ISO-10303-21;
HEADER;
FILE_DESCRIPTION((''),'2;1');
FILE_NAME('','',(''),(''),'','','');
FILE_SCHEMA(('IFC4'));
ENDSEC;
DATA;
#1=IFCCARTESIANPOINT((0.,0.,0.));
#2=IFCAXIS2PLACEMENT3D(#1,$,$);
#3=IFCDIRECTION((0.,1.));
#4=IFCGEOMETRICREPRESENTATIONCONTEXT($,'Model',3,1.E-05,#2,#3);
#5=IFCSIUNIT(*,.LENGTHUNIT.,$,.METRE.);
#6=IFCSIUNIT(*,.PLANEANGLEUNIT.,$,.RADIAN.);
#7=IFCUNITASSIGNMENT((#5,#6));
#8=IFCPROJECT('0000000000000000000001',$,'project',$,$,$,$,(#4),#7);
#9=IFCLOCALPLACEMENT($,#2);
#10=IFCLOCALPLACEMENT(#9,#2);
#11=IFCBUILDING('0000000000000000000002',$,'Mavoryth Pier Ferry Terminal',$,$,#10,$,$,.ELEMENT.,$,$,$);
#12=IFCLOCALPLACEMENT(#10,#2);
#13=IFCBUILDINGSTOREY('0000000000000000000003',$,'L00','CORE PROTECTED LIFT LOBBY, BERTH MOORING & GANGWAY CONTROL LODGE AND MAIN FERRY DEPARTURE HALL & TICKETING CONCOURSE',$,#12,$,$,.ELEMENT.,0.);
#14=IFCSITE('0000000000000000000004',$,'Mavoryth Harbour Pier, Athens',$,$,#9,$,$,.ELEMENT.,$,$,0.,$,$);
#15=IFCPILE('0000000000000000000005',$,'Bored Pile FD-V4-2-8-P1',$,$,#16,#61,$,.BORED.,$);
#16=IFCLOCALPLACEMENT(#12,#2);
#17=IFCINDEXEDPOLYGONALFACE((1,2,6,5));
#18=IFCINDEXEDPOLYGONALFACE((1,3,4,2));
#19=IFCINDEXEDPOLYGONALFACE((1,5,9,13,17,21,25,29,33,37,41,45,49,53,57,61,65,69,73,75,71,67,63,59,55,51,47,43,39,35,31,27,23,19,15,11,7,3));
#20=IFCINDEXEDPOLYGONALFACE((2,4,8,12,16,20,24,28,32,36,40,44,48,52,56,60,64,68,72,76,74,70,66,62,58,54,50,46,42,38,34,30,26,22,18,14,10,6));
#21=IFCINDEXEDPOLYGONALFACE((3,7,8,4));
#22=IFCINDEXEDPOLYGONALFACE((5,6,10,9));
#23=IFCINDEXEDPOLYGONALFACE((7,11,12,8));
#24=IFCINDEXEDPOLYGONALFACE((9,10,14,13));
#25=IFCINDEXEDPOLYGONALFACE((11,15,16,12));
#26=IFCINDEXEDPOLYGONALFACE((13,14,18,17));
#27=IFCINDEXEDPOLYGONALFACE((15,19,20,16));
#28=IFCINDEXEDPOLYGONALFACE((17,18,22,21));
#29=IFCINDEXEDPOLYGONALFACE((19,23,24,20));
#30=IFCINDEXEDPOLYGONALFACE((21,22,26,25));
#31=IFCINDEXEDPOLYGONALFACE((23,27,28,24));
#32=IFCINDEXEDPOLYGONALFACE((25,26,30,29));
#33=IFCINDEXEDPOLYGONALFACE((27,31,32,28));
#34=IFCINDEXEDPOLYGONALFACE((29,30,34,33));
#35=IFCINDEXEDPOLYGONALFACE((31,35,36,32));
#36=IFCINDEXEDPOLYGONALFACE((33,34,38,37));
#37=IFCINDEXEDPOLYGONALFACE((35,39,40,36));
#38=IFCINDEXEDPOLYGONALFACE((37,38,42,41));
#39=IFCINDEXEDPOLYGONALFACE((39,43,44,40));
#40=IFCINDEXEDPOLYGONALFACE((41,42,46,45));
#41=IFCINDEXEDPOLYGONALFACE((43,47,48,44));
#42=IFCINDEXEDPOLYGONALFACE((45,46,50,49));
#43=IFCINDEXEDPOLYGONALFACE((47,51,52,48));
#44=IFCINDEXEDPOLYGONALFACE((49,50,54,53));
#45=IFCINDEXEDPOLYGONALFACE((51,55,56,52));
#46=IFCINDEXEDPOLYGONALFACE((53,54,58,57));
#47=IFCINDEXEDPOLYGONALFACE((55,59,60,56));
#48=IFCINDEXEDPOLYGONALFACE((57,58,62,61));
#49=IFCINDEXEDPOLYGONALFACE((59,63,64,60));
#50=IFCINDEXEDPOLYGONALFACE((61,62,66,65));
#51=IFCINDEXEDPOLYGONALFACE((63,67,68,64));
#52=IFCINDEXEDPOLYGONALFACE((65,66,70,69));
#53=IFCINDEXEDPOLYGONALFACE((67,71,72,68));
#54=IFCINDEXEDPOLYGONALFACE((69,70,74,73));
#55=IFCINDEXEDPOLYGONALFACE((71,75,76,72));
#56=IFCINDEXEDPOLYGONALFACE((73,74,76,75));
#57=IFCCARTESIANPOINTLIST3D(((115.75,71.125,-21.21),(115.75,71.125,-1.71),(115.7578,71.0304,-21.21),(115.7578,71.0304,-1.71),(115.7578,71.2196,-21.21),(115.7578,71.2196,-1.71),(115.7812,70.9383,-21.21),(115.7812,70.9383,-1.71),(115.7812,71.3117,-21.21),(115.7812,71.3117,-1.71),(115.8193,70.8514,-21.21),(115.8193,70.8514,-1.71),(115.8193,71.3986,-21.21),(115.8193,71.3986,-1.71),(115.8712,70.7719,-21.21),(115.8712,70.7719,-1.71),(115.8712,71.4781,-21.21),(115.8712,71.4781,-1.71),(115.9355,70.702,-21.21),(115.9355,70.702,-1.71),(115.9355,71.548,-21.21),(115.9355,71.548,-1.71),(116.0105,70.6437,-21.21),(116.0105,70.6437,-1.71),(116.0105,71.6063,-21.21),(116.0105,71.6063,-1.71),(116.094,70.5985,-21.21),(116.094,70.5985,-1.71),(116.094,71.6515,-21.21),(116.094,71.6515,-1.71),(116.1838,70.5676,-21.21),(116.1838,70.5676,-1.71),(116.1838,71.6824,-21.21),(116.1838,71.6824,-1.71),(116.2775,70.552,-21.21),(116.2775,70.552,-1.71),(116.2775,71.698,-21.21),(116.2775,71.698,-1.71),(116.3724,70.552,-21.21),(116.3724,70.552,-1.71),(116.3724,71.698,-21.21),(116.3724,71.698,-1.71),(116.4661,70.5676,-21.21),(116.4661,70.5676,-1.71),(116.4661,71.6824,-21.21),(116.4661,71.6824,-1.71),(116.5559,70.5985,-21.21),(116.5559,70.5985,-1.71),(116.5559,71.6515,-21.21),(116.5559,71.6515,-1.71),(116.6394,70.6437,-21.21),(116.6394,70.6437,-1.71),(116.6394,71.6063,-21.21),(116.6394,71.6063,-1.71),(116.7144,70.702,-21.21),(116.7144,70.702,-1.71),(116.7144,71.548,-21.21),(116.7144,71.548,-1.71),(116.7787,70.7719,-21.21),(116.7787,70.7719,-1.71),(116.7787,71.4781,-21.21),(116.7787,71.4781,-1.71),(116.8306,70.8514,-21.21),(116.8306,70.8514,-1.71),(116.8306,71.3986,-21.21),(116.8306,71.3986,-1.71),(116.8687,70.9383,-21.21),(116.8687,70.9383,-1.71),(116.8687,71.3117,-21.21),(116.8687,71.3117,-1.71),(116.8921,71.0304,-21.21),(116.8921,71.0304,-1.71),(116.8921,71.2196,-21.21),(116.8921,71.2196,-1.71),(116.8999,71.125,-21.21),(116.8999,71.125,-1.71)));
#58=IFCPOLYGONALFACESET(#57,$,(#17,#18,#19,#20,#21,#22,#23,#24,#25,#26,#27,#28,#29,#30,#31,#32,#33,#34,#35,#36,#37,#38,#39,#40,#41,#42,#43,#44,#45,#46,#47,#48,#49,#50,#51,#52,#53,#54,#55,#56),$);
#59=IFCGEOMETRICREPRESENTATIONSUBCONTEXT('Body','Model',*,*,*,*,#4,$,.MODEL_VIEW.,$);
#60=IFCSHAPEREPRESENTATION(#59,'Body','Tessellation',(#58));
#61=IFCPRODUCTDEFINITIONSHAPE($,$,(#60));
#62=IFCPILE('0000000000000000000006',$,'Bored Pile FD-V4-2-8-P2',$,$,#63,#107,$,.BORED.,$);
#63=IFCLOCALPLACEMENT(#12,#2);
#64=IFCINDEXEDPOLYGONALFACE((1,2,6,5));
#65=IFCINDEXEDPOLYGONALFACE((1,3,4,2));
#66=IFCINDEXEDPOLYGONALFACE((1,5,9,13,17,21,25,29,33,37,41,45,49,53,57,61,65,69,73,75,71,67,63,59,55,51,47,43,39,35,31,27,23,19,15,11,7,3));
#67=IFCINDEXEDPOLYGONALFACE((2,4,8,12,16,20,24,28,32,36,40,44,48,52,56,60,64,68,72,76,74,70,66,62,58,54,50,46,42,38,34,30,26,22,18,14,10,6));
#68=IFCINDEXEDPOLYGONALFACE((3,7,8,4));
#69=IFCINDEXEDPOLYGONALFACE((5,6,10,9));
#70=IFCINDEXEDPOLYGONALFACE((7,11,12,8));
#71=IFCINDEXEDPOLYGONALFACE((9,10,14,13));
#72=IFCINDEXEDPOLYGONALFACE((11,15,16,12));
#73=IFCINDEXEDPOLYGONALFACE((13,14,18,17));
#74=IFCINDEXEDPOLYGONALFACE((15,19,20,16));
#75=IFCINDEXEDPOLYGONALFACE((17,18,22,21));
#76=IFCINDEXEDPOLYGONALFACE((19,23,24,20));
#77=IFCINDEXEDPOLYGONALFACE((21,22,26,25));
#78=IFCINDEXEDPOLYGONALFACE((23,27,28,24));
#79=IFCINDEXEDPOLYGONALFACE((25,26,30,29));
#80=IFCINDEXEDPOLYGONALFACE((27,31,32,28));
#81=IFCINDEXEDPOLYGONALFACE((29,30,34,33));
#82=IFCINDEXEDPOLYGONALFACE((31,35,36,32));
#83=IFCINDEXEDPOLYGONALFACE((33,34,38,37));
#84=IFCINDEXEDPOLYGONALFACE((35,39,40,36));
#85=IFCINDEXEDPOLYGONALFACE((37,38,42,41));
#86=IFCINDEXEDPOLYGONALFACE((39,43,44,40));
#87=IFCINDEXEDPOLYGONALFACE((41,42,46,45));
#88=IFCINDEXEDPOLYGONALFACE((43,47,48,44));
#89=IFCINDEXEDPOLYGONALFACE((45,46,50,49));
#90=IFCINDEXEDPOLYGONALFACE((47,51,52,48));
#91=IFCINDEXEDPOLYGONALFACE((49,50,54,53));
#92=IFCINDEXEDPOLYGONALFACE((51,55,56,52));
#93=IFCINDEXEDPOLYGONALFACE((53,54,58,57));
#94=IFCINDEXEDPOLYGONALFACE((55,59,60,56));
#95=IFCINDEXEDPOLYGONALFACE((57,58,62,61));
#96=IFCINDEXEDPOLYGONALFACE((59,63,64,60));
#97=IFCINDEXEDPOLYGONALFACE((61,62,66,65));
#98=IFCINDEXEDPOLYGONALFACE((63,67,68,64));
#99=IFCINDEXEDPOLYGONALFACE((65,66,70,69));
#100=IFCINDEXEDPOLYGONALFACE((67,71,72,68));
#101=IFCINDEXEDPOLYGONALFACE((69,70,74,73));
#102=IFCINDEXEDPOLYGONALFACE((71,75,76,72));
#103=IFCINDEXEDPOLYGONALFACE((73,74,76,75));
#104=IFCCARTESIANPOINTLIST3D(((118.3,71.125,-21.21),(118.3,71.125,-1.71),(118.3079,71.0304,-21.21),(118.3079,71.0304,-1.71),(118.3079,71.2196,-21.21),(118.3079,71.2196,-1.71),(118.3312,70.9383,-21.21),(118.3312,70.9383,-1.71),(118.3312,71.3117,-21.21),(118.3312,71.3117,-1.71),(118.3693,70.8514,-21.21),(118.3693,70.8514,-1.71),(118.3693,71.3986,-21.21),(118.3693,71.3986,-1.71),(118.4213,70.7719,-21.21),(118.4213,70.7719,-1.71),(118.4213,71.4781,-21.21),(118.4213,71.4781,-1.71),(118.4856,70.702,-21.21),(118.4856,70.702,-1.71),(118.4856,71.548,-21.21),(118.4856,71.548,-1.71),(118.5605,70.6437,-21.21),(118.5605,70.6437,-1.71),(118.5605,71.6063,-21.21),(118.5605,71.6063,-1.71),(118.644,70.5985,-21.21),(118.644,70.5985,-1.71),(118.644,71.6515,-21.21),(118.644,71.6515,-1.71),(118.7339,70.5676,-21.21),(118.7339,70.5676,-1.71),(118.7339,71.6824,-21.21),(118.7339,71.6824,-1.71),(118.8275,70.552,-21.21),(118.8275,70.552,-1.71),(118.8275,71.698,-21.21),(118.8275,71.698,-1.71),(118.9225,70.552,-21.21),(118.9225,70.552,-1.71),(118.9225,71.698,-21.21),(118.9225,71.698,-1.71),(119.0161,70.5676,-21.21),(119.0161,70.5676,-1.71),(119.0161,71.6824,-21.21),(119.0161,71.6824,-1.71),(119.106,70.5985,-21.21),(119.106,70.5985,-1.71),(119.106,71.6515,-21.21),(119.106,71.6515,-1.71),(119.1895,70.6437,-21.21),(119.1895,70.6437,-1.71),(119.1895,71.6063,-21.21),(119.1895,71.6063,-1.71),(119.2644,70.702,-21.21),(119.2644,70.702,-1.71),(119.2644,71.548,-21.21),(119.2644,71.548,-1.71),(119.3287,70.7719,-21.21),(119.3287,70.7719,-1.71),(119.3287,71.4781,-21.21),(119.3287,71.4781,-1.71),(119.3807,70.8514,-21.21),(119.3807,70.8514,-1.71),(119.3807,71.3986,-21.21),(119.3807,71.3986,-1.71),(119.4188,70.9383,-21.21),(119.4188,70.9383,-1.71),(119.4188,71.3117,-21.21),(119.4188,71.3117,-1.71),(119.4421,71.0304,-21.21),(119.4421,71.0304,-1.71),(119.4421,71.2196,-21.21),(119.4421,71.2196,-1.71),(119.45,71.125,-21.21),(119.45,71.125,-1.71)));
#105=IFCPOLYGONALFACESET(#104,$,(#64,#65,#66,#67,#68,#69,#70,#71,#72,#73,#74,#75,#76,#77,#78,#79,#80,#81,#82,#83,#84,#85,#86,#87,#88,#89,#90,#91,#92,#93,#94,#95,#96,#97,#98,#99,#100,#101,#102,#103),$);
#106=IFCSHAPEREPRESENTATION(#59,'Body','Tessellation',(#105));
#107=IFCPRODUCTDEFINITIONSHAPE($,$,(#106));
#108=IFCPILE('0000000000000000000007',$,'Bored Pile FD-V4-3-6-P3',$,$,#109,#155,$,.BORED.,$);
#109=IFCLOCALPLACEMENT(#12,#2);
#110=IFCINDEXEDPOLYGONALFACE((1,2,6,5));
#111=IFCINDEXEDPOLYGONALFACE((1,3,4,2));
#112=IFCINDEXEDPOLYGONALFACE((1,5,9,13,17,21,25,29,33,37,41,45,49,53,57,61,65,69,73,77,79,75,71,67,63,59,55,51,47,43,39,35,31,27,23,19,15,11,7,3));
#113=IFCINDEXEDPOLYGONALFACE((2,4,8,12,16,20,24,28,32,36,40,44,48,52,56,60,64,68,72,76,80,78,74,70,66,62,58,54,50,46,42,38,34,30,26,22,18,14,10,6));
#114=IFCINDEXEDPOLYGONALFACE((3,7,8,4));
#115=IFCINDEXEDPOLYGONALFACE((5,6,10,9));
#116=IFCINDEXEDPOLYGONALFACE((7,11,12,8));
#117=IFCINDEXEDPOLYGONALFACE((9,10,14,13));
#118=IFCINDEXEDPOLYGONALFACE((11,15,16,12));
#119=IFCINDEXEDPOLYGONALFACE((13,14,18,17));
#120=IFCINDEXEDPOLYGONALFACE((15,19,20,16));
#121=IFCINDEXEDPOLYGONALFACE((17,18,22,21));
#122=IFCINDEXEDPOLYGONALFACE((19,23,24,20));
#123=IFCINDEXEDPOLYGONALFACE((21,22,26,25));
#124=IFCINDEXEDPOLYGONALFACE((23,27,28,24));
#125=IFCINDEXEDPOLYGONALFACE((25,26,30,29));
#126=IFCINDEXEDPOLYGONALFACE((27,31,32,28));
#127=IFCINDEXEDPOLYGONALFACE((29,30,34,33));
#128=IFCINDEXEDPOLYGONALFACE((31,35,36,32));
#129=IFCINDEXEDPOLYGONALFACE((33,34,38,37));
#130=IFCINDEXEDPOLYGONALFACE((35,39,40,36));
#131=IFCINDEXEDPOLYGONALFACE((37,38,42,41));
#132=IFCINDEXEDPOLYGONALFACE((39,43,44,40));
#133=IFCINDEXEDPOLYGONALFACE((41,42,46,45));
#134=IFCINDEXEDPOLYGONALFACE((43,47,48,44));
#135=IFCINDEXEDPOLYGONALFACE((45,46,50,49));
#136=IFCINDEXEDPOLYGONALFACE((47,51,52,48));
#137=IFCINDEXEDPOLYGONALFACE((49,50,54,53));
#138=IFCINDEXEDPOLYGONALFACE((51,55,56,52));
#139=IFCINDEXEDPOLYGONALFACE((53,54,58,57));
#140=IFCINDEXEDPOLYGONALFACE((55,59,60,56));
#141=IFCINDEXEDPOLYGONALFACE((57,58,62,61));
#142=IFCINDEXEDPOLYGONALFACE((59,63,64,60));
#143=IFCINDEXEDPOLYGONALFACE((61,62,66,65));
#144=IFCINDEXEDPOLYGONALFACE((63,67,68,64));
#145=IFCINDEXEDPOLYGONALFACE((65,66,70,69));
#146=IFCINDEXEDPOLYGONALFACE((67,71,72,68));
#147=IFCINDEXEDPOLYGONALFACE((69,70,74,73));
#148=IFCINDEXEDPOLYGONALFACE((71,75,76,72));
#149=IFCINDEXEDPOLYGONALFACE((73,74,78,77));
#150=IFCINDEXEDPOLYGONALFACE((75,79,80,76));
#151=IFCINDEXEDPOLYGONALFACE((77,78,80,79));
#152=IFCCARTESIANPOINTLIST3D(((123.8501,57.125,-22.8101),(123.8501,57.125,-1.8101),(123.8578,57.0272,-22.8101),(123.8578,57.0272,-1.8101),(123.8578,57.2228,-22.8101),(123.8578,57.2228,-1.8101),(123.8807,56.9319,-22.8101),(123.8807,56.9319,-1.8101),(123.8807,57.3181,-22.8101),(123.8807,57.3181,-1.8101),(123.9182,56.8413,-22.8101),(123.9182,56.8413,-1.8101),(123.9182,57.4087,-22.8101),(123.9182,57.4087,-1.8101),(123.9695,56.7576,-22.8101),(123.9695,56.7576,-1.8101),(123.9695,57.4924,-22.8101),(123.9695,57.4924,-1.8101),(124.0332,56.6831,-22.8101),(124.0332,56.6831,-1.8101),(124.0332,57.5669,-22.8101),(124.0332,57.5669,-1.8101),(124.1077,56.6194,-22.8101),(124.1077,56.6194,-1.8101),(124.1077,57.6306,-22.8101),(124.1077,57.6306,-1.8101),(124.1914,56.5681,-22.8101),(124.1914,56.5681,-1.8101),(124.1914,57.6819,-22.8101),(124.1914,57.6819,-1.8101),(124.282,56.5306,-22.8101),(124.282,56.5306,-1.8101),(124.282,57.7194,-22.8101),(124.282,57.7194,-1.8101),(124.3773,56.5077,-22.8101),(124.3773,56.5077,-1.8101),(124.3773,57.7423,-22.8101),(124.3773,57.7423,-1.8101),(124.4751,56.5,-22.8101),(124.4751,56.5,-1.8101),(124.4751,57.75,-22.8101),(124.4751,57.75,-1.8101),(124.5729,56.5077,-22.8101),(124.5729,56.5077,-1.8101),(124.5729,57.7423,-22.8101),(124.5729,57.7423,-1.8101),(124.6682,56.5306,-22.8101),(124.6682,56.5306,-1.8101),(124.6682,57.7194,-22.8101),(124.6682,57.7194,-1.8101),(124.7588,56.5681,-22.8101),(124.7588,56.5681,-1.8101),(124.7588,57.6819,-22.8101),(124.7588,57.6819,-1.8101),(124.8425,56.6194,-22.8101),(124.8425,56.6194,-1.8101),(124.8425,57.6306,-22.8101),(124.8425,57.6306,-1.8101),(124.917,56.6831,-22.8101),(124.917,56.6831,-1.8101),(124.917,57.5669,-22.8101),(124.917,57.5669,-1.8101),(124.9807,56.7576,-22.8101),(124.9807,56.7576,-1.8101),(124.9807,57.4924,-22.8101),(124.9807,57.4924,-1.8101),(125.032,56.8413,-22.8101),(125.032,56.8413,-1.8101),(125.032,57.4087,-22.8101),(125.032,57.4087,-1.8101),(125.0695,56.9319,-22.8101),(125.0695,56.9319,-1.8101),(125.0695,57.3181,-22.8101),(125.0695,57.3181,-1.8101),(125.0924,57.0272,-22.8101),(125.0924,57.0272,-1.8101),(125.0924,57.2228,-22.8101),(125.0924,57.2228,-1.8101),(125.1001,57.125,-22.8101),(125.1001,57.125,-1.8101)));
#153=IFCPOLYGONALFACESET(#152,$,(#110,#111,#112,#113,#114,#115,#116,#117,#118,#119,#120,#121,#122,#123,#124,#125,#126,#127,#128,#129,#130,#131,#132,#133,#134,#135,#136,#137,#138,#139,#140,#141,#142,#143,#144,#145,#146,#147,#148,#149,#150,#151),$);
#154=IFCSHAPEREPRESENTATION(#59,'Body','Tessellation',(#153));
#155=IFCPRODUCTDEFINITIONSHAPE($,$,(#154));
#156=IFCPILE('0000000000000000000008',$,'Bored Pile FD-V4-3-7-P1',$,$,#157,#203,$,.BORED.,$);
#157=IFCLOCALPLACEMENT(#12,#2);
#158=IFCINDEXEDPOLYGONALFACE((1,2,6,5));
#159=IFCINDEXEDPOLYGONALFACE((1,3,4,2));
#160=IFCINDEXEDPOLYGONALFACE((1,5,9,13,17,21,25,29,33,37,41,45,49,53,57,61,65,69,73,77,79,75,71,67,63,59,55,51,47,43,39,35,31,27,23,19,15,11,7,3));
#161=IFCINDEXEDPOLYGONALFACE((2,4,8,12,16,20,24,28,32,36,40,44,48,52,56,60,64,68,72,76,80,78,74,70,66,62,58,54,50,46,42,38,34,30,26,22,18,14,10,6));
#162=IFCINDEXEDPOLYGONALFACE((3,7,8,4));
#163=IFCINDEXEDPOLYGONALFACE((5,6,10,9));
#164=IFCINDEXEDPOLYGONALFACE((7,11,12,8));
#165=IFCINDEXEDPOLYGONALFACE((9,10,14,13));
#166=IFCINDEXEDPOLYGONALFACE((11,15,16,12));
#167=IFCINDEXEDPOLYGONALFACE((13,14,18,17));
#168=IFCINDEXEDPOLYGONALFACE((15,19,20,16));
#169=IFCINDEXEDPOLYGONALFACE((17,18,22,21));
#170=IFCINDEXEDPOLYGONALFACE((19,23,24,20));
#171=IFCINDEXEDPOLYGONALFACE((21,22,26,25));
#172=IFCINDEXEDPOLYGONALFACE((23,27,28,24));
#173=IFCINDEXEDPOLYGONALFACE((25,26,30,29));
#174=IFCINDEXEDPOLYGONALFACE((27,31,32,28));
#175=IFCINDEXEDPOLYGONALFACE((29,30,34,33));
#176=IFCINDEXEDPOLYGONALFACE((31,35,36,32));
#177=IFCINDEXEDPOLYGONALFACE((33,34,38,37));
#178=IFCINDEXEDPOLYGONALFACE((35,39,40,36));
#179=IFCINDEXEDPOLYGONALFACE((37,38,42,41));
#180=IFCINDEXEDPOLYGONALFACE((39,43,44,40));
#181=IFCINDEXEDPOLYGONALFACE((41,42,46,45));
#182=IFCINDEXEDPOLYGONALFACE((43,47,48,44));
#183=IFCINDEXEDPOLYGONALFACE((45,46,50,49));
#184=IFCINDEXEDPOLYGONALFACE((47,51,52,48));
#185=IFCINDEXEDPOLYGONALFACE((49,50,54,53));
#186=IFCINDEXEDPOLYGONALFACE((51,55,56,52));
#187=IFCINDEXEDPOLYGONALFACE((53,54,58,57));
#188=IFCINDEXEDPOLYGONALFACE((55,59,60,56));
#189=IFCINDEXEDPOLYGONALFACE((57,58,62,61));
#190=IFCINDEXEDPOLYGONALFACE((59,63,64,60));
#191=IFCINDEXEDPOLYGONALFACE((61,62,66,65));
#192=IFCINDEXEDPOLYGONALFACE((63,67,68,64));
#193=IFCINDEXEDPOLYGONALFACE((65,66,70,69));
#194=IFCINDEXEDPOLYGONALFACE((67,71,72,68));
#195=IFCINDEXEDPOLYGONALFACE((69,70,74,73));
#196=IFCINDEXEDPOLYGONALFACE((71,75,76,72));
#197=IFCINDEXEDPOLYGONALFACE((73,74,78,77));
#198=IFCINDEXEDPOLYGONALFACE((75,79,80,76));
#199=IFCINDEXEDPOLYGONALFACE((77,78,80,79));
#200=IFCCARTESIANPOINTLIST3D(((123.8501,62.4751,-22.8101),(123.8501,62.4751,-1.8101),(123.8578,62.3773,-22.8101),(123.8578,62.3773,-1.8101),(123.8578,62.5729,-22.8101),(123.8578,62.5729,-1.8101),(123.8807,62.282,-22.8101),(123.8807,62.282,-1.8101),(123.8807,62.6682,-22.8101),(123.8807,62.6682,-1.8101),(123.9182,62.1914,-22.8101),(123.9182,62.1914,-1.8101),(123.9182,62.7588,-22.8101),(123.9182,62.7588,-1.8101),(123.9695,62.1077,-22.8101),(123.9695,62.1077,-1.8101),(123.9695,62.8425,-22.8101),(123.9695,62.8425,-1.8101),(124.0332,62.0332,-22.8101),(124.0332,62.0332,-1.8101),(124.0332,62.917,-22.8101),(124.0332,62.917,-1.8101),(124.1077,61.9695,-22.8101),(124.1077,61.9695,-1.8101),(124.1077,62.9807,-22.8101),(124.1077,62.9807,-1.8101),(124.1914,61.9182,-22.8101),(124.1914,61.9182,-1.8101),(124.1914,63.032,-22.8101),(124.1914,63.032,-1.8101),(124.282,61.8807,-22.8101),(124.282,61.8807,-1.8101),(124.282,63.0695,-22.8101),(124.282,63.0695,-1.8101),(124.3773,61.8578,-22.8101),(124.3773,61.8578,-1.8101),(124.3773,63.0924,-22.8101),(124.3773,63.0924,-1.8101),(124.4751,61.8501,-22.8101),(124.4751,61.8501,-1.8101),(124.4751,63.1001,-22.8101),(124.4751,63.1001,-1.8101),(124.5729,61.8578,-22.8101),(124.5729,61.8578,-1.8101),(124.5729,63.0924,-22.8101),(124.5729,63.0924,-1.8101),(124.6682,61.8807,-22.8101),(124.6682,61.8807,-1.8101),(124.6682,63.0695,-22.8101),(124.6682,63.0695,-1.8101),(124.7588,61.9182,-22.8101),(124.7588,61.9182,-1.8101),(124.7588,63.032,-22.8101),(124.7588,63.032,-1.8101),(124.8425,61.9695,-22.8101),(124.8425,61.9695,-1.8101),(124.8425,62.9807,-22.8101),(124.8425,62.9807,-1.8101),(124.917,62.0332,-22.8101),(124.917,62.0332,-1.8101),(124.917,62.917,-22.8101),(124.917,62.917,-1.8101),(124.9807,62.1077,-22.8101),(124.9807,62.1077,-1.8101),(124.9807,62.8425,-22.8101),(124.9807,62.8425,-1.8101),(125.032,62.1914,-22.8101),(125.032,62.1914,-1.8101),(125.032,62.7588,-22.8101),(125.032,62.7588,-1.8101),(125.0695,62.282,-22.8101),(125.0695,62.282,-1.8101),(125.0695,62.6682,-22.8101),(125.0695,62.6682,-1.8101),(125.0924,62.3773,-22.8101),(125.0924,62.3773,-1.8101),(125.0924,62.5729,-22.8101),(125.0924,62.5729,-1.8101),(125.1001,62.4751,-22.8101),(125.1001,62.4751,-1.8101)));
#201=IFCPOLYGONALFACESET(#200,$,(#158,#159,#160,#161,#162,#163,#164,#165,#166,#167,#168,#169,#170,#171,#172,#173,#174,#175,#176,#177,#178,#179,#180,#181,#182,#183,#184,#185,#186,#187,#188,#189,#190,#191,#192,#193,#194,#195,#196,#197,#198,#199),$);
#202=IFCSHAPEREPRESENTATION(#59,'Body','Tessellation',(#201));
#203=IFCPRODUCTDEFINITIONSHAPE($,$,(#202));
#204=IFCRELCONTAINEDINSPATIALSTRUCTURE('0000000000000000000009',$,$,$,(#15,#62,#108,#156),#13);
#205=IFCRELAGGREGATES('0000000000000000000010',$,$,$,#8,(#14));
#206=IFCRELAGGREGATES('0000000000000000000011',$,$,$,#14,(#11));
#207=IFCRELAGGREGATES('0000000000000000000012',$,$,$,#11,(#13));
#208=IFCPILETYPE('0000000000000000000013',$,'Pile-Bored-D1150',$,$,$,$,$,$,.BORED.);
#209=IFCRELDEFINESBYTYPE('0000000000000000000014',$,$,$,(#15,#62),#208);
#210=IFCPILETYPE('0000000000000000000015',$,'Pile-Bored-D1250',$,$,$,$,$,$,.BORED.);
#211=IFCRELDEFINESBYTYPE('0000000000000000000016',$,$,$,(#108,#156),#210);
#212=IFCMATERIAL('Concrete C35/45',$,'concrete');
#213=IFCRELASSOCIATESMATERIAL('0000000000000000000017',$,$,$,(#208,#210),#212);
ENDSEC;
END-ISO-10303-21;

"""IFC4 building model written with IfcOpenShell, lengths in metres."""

from ifc_helpers import new_model, si_unit, direction, frame, origin, origin_2d, place, context, subcontext, project, spatial, circle, extrude, material, material_profile, profile_set, type_object, element, save


model = new_model("IFC4")

# Units and contexts
model_context = context("Model", 3, precision=1e-05, world=origin(), true_north=direction((0.0, 1.0)))
body_context = subcontext(model_context, "Body", "Model", "MODEL_VIEW")
ifc_project = project(units=[si_unit("LENGTHUNIT", "METRE"), si_unit("PLANEANGLEUNIT", "RADIAN")], contexts=[model_context])

# Site, building, storey
site_placement = place(None, origin())
site = spatial("IfcSite", under=ifc_project, at=site_placement, Name="Mavoryth Harbour Pier, Athens", CompositionType="ELEMENT", RefElevation=0.0)
building_placement = place(site_placement, origin())
building = spatial("IfcBuilding", under=site, at=building_placement, Name="Mavoryth Pier Ferry Terminal", CompositionType="ELEMENT")
storey_placement = place(building_placement, origin())
storey = spatial("IfcBuildingStorey", under=building, at=storey_placement, Name="L00", Description="CORE PROTECTED LIFT LOBBY, BERTH MOORING & GANGWAY CONTROL LODGE AND MAIN FERRY DEPARTURE HALL & TICKETING CONCOURSE", CompositionType="ELEMENT", Elevation=0.0)

# Shared definitions
ifc_material_1 = material(Name="Concrete C35/45", Category="concrete")

# Piles
ifc_material_profile_1 = material_profile(ifc_material_1, circle(Radius=0.575, at=origin_2d()), Name="PILE D1150", Category="concrete")
ifc_profile_set_1 = profile_set([ifc_material_profile_1], Name="Concrete C35/45 - PILE D1150")
pile_type_1 = type_object("IfcPileType", Name="Pile-Bored-D1150", PredefinedType="BORED", material=ifc_profile_set_1)
for number, where, z_axis, x_axis, name in (
    (1, (116.325, 71.125, -1.71), (0.0, 0.0, -1.0), (1.0, 0.0, 0.0), "Bored Pile FD-V4-2-8-P1"),
    (2, (118.875, 71.125, -1.71), (0.0, 0.0, -1.0), (1.0, 0.0, 0.0), "Bored Pile FD-V4-2-8-P2"),
):
    element("IfcPile", number, at=place(storey_placement, frame(where, z_axis=z_axis, x_axis=x_axis)), inside=storey, type_object=pile_type_1, Name=name, PredefinedType="BORED", context=body_context, shape_type="SweptSolid", body=[
        extrude(circle(Radius=0.575, at=origin_2d()), origin(), (0.0, 0.0, 1.0), 19.5),
    ])
ifc_material_profile_2 = material_profile(ifc_material_1, circle(Radius=0.625, at=origin_2d()), Name="PILE D1250", Category="concrete")
ifc_profile_set_2 = profile_set([ifc_material_profile_2], Name="Concrete C35/45 - PILE D1250")
pile_type_2 = type_object("IfcPileType", Name="Pile-Bored-D1250", PredefinedType="BORED", material=ifc_profile_set_2)
for number, where, z_axis, x_axis, name in (
    (3, (124.4751, 57.125, -1.8101), (0.0, 0.0, -1.0), (1.0, 0.0, 0.0), "Bored Pile FD-V4-3-6-P3"),
    (4, (124.4751, 62.4751, -1.8101), (0.0, 0.0, -1.0), (1.0, 0.0, 0.0), "Bored Pile FD-V4-3-7-P1"),
):
    element("IfcPile", number, at=place(storey_placement, frame(where, z_axis=z_axis, x_axis=x_axis)), inside=storey, type_object=pile_type_2, Name=name, PredefinedType="BORED", context=body_context, shape_type="SweptSolid", body=[
        extrude(circle(Radius=0.625, at=origin_2d()), origin(), (0.0, 0.0, 1.0), 21.0),
    ])

save(model, "model.ifc")
